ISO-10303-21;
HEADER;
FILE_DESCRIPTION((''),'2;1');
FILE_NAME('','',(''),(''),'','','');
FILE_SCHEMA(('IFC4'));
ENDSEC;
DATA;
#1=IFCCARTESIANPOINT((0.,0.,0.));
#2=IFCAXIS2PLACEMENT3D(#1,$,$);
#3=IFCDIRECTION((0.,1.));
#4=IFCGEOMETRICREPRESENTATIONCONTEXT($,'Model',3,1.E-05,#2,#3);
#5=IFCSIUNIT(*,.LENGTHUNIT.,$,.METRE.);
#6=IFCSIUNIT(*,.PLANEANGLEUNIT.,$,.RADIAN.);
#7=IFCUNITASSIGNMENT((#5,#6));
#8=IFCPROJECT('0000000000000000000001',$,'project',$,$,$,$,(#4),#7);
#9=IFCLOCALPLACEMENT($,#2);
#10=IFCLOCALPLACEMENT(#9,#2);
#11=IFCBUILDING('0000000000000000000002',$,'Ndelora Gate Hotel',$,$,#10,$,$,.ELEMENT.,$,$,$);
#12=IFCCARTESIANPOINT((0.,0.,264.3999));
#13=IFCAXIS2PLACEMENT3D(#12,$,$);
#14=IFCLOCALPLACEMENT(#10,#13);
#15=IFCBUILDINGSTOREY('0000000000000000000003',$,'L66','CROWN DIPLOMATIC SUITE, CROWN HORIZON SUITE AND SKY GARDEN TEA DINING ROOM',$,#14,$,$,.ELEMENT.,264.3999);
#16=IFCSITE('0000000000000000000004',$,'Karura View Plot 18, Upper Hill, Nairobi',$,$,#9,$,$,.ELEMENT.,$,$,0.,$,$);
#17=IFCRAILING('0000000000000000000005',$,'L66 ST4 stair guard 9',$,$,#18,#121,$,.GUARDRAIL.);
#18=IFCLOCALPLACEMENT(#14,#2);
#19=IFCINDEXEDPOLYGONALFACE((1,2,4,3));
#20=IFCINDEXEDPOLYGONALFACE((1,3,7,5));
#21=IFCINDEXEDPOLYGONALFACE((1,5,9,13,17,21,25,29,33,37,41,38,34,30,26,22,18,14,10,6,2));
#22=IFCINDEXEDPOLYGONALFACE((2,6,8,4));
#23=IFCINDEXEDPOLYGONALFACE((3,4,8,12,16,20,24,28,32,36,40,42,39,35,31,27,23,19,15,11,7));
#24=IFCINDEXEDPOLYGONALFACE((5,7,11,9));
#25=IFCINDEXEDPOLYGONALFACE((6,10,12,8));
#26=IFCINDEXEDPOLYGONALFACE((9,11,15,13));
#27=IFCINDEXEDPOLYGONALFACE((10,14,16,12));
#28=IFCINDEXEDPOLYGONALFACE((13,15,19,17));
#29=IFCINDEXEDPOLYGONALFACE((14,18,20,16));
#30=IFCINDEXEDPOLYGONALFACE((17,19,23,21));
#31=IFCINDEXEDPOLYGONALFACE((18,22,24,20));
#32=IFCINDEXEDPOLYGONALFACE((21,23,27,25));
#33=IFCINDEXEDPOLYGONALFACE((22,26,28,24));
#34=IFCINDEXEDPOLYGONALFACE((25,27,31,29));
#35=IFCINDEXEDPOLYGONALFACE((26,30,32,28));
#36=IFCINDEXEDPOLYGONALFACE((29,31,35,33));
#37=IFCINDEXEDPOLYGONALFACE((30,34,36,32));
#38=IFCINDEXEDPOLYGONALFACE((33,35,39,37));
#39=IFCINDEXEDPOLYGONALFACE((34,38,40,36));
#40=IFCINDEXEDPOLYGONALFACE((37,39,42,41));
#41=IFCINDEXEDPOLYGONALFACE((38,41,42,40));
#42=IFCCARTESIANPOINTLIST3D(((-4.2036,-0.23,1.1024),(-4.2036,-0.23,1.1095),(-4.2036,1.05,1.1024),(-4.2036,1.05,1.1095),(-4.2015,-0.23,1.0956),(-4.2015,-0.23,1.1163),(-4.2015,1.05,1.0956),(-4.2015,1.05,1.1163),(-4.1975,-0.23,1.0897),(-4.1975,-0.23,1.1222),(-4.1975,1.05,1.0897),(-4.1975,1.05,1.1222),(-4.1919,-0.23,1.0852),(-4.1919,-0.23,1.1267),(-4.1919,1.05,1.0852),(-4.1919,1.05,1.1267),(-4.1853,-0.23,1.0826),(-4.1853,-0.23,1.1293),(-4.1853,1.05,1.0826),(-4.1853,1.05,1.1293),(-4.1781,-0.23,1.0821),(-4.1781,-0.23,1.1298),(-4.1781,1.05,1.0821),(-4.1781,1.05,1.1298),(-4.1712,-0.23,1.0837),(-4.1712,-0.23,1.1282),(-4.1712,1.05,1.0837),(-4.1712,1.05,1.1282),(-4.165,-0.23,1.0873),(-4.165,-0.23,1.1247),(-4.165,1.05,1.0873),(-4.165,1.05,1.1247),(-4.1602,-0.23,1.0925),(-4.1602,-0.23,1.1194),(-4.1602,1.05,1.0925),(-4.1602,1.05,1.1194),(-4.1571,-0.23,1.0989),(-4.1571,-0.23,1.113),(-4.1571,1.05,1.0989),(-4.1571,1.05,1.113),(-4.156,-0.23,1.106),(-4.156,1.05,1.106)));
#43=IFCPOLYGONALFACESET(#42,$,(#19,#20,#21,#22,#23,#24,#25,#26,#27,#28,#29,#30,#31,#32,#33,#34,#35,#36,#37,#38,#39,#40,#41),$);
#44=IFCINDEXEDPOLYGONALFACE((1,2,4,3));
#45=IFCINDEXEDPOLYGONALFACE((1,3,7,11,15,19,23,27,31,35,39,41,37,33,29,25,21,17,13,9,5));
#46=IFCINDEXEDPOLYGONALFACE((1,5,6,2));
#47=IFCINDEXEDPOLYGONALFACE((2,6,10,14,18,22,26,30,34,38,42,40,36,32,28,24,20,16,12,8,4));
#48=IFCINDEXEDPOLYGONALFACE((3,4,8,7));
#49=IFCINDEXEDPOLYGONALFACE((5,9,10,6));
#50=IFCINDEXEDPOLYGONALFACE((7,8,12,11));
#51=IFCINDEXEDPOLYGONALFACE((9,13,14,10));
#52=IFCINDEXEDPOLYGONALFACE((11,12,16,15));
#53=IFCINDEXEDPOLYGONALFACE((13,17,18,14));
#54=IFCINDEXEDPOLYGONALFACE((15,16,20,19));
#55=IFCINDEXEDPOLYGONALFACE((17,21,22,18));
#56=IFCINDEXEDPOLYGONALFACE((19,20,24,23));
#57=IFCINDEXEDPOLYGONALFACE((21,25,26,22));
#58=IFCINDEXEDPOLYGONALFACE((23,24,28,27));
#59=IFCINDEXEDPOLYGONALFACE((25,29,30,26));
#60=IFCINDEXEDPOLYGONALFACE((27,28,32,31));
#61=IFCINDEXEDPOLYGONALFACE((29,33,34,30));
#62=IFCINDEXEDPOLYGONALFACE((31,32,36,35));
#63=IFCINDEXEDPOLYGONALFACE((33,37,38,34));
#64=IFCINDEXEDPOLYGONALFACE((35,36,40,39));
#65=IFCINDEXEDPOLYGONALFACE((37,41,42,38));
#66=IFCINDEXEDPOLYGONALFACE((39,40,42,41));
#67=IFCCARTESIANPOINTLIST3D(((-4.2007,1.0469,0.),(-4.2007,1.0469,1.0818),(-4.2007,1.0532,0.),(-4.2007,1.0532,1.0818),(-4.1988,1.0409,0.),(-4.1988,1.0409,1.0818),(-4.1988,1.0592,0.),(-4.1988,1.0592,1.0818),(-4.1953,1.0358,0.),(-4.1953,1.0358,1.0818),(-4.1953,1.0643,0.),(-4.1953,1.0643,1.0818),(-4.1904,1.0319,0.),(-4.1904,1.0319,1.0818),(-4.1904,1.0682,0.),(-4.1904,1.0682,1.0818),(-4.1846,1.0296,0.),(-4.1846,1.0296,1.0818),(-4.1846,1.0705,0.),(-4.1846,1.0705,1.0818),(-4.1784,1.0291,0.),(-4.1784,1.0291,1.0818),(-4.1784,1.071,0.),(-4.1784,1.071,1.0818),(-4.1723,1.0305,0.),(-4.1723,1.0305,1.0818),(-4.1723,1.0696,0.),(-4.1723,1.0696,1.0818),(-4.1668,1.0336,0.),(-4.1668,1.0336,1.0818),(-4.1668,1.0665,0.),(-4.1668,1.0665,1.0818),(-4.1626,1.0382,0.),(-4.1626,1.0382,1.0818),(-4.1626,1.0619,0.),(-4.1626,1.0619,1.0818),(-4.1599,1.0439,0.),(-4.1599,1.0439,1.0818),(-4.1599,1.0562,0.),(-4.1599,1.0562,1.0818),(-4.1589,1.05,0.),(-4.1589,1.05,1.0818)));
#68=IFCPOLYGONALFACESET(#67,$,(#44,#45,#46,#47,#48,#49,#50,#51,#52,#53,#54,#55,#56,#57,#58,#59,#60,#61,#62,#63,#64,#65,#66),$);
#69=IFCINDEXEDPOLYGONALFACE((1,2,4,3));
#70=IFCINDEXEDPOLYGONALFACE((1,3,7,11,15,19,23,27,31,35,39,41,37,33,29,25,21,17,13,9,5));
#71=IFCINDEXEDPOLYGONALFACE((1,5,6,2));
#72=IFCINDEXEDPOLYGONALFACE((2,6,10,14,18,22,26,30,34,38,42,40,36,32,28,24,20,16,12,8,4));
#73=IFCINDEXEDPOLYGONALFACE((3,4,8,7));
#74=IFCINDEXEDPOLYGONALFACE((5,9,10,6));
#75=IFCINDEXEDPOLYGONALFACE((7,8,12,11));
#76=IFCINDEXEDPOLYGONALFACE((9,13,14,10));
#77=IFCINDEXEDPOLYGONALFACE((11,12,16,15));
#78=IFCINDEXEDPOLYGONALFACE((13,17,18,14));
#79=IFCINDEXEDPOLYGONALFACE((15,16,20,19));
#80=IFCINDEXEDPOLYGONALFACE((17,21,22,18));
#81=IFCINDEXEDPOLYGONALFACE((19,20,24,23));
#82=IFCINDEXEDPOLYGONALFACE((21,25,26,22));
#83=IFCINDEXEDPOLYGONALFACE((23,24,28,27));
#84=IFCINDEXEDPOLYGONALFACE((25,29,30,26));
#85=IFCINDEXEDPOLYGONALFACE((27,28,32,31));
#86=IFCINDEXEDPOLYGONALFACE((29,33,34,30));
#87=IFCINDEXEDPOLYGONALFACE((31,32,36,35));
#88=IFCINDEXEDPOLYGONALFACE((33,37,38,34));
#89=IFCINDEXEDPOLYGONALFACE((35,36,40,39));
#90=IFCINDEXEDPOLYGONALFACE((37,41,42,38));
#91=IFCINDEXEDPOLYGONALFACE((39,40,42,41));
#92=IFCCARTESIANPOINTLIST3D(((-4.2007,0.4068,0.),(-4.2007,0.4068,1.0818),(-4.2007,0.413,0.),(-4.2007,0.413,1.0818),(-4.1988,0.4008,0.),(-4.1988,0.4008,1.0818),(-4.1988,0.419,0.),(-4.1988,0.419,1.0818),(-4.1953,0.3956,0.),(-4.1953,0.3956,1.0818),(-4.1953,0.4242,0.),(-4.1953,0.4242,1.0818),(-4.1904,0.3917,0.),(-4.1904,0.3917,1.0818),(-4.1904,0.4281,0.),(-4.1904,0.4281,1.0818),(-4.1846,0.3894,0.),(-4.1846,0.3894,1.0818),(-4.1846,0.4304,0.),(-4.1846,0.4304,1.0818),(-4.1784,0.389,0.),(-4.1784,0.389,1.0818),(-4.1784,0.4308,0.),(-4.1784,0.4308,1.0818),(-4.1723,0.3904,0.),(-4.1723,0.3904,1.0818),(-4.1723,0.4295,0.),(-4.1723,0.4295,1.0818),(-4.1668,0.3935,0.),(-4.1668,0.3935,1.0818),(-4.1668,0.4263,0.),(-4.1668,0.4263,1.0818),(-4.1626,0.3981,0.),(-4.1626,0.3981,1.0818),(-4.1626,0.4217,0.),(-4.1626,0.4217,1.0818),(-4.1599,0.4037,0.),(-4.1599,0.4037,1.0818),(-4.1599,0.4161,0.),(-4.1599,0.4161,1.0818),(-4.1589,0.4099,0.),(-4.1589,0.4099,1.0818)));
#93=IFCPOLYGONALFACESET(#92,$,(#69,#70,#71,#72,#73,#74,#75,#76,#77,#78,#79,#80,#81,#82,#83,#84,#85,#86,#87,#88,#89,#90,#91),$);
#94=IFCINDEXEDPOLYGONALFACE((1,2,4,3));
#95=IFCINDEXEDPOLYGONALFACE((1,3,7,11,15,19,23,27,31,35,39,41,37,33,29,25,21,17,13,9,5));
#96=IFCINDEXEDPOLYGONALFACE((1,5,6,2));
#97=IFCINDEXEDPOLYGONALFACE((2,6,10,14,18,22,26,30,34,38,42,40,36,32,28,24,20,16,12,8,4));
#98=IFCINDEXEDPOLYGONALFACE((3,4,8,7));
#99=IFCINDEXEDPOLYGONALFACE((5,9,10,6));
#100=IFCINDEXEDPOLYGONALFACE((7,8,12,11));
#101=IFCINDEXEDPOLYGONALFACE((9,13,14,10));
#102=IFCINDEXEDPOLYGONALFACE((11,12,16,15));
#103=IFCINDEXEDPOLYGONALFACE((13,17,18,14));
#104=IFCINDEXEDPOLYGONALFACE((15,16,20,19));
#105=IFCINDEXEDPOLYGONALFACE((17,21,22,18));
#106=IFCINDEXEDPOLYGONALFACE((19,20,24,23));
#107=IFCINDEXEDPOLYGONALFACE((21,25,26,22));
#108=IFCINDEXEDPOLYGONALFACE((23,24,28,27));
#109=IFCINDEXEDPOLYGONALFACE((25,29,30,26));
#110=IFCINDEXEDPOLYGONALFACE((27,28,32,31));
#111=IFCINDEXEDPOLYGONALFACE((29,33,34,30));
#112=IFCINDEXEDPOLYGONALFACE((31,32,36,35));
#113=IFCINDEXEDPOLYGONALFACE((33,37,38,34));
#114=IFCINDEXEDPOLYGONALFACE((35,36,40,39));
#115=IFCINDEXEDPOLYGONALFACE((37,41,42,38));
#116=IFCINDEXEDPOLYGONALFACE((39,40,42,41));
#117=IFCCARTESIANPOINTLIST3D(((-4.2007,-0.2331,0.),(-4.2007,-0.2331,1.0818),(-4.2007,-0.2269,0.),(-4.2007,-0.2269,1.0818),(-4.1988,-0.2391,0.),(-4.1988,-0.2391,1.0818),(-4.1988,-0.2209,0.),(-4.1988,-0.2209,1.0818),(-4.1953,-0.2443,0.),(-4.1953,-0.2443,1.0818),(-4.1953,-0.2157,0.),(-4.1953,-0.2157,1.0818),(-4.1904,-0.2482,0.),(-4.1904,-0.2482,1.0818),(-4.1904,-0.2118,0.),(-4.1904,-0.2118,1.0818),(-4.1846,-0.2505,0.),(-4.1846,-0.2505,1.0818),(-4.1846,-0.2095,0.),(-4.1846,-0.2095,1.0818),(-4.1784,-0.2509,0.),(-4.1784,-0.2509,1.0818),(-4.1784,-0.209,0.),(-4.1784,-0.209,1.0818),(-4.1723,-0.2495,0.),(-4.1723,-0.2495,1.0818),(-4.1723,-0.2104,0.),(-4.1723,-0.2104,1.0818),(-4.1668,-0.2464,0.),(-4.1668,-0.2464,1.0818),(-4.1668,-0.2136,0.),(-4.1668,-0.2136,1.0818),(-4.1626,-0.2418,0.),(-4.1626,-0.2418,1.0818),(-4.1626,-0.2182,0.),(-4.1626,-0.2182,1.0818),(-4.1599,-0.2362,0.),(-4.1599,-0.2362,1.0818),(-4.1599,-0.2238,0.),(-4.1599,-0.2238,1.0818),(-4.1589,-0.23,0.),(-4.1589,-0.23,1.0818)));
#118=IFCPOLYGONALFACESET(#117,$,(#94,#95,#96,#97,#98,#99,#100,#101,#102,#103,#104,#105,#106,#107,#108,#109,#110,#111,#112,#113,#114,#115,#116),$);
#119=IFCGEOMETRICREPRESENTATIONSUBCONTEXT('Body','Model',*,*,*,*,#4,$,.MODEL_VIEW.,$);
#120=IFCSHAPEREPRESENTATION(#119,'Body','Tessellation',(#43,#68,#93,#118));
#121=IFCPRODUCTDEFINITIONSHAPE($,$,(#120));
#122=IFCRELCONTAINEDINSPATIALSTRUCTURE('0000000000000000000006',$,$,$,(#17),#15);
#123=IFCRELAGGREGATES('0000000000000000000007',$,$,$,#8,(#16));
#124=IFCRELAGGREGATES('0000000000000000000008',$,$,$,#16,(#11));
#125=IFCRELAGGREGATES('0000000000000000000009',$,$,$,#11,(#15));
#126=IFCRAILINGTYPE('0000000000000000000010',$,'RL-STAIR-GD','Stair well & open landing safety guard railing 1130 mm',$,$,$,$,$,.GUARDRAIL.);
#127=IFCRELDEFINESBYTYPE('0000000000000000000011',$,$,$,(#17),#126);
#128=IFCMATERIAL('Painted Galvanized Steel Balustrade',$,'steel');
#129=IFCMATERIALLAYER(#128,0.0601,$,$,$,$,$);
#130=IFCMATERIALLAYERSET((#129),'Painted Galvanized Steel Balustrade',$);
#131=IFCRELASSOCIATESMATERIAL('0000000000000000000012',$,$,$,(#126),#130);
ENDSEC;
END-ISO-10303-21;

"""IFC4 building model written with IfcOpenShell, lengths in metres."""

from ifc_helpers import new_model, si_unit, direction, frame, origin, origin_2d, place, context, subcontext, project, spatial, circle, extrude, material, layer, layer_set, type_object, element, save


model = new_model("IFC4")

# Units and contexts
model_context = context("Model", 3, precision=1e-05, world=origin(), true_north=direction((0.0, 1.0)))
body_context = subcontext(model_context, "Body", "Model", "MODEL_VIEW")
ifc_project = project(units=[si_unit("LENGTHUNIT", "METRE"), si_unit("PLANEANGLEUNIT", "RADIAN")], contexts=[model_context])

# Site, building, storey
site_placement = place(None, origin())
site = spatial("IfcSite", under=ifc_project, at=site_placement, Name="Karura View Plot 18, Upper Hill, Nairobi", CompositionType="ELEMENT", RefElevation=0.0)
building_placement = place(site_placement, origin())
building = spatial("IfcBuilding", under=site, at=building_placement, Name="Ndelora Gate Hotel", CompositionType="ELEMENT")
storey_placement = place(building_placement, frame((0.0, 0.0, 264.3999)))
storey = spatial("IfcBuildingStorey", under=building, at=storey_placement, Name="L66", Description="CROWN DIPLOMATIC SUITE, CROWN HORIZON SUITE AND SKY GARDEN TEA DINING ROOM", CompositionType="ELEMENT", Elevation=264.3999)

# Railing
ifc_material_1 = material(Name="Painted Galvanized Steel Balustrade", Category="steel")
ifc_layer_1 = layer(ifc_material_1, 0.0601)
ifc_layer_set_1 = layer_set([ifc_layer_1], Name="Painted Galvanized Steel Balustrade")
railing_type = type_object("IfcRailingType", Name="RL-STAIR-GD", Description="Stair well & open landing safety guard railing 1130 mm", PredefinedType="GUARDRAIL", material=ifc_layer_set_1)
for number, where, name in (
    (1, (-4.1799, 1.05, 0.0), "L66 ST4 stair guard 9"),
):
    element("IfcRailing", number, at=place(storey_placement, frame(where)), inside=storey, type_object=railing_type, Name=name, PredefinedType="GUARDRAIL", context=body_context, shape_type="SweptSolid", body=[
        extrude(circle(Radius=0.0239, at=origin_2d()), frame((0.0, 0.0, 1.106), z_axis=(0.0, -1.0, 0.0), x_axis=(1.0, 0.0, 0.0)), (0.0, 0.0, 1.0), 1.28),
        extrude(circle(Radius=0.021, at=origin_2d()), origin(), (0.0, 0.0, 1.0), 1.0818),
        extrude(circle(Radius=0.021, at=origin_2d()), frame((0.0, -0.6401, 0.0)), (0.0, 0.0, 1.0), 1.0818),
        extrude(circle(Radius=0.021, at=origin_2d()), frame((0.0, -1.28, 0.0)), (0.0, 0.0, 1.0), 1.0818),
    ])

save(model, "model.ifc")
